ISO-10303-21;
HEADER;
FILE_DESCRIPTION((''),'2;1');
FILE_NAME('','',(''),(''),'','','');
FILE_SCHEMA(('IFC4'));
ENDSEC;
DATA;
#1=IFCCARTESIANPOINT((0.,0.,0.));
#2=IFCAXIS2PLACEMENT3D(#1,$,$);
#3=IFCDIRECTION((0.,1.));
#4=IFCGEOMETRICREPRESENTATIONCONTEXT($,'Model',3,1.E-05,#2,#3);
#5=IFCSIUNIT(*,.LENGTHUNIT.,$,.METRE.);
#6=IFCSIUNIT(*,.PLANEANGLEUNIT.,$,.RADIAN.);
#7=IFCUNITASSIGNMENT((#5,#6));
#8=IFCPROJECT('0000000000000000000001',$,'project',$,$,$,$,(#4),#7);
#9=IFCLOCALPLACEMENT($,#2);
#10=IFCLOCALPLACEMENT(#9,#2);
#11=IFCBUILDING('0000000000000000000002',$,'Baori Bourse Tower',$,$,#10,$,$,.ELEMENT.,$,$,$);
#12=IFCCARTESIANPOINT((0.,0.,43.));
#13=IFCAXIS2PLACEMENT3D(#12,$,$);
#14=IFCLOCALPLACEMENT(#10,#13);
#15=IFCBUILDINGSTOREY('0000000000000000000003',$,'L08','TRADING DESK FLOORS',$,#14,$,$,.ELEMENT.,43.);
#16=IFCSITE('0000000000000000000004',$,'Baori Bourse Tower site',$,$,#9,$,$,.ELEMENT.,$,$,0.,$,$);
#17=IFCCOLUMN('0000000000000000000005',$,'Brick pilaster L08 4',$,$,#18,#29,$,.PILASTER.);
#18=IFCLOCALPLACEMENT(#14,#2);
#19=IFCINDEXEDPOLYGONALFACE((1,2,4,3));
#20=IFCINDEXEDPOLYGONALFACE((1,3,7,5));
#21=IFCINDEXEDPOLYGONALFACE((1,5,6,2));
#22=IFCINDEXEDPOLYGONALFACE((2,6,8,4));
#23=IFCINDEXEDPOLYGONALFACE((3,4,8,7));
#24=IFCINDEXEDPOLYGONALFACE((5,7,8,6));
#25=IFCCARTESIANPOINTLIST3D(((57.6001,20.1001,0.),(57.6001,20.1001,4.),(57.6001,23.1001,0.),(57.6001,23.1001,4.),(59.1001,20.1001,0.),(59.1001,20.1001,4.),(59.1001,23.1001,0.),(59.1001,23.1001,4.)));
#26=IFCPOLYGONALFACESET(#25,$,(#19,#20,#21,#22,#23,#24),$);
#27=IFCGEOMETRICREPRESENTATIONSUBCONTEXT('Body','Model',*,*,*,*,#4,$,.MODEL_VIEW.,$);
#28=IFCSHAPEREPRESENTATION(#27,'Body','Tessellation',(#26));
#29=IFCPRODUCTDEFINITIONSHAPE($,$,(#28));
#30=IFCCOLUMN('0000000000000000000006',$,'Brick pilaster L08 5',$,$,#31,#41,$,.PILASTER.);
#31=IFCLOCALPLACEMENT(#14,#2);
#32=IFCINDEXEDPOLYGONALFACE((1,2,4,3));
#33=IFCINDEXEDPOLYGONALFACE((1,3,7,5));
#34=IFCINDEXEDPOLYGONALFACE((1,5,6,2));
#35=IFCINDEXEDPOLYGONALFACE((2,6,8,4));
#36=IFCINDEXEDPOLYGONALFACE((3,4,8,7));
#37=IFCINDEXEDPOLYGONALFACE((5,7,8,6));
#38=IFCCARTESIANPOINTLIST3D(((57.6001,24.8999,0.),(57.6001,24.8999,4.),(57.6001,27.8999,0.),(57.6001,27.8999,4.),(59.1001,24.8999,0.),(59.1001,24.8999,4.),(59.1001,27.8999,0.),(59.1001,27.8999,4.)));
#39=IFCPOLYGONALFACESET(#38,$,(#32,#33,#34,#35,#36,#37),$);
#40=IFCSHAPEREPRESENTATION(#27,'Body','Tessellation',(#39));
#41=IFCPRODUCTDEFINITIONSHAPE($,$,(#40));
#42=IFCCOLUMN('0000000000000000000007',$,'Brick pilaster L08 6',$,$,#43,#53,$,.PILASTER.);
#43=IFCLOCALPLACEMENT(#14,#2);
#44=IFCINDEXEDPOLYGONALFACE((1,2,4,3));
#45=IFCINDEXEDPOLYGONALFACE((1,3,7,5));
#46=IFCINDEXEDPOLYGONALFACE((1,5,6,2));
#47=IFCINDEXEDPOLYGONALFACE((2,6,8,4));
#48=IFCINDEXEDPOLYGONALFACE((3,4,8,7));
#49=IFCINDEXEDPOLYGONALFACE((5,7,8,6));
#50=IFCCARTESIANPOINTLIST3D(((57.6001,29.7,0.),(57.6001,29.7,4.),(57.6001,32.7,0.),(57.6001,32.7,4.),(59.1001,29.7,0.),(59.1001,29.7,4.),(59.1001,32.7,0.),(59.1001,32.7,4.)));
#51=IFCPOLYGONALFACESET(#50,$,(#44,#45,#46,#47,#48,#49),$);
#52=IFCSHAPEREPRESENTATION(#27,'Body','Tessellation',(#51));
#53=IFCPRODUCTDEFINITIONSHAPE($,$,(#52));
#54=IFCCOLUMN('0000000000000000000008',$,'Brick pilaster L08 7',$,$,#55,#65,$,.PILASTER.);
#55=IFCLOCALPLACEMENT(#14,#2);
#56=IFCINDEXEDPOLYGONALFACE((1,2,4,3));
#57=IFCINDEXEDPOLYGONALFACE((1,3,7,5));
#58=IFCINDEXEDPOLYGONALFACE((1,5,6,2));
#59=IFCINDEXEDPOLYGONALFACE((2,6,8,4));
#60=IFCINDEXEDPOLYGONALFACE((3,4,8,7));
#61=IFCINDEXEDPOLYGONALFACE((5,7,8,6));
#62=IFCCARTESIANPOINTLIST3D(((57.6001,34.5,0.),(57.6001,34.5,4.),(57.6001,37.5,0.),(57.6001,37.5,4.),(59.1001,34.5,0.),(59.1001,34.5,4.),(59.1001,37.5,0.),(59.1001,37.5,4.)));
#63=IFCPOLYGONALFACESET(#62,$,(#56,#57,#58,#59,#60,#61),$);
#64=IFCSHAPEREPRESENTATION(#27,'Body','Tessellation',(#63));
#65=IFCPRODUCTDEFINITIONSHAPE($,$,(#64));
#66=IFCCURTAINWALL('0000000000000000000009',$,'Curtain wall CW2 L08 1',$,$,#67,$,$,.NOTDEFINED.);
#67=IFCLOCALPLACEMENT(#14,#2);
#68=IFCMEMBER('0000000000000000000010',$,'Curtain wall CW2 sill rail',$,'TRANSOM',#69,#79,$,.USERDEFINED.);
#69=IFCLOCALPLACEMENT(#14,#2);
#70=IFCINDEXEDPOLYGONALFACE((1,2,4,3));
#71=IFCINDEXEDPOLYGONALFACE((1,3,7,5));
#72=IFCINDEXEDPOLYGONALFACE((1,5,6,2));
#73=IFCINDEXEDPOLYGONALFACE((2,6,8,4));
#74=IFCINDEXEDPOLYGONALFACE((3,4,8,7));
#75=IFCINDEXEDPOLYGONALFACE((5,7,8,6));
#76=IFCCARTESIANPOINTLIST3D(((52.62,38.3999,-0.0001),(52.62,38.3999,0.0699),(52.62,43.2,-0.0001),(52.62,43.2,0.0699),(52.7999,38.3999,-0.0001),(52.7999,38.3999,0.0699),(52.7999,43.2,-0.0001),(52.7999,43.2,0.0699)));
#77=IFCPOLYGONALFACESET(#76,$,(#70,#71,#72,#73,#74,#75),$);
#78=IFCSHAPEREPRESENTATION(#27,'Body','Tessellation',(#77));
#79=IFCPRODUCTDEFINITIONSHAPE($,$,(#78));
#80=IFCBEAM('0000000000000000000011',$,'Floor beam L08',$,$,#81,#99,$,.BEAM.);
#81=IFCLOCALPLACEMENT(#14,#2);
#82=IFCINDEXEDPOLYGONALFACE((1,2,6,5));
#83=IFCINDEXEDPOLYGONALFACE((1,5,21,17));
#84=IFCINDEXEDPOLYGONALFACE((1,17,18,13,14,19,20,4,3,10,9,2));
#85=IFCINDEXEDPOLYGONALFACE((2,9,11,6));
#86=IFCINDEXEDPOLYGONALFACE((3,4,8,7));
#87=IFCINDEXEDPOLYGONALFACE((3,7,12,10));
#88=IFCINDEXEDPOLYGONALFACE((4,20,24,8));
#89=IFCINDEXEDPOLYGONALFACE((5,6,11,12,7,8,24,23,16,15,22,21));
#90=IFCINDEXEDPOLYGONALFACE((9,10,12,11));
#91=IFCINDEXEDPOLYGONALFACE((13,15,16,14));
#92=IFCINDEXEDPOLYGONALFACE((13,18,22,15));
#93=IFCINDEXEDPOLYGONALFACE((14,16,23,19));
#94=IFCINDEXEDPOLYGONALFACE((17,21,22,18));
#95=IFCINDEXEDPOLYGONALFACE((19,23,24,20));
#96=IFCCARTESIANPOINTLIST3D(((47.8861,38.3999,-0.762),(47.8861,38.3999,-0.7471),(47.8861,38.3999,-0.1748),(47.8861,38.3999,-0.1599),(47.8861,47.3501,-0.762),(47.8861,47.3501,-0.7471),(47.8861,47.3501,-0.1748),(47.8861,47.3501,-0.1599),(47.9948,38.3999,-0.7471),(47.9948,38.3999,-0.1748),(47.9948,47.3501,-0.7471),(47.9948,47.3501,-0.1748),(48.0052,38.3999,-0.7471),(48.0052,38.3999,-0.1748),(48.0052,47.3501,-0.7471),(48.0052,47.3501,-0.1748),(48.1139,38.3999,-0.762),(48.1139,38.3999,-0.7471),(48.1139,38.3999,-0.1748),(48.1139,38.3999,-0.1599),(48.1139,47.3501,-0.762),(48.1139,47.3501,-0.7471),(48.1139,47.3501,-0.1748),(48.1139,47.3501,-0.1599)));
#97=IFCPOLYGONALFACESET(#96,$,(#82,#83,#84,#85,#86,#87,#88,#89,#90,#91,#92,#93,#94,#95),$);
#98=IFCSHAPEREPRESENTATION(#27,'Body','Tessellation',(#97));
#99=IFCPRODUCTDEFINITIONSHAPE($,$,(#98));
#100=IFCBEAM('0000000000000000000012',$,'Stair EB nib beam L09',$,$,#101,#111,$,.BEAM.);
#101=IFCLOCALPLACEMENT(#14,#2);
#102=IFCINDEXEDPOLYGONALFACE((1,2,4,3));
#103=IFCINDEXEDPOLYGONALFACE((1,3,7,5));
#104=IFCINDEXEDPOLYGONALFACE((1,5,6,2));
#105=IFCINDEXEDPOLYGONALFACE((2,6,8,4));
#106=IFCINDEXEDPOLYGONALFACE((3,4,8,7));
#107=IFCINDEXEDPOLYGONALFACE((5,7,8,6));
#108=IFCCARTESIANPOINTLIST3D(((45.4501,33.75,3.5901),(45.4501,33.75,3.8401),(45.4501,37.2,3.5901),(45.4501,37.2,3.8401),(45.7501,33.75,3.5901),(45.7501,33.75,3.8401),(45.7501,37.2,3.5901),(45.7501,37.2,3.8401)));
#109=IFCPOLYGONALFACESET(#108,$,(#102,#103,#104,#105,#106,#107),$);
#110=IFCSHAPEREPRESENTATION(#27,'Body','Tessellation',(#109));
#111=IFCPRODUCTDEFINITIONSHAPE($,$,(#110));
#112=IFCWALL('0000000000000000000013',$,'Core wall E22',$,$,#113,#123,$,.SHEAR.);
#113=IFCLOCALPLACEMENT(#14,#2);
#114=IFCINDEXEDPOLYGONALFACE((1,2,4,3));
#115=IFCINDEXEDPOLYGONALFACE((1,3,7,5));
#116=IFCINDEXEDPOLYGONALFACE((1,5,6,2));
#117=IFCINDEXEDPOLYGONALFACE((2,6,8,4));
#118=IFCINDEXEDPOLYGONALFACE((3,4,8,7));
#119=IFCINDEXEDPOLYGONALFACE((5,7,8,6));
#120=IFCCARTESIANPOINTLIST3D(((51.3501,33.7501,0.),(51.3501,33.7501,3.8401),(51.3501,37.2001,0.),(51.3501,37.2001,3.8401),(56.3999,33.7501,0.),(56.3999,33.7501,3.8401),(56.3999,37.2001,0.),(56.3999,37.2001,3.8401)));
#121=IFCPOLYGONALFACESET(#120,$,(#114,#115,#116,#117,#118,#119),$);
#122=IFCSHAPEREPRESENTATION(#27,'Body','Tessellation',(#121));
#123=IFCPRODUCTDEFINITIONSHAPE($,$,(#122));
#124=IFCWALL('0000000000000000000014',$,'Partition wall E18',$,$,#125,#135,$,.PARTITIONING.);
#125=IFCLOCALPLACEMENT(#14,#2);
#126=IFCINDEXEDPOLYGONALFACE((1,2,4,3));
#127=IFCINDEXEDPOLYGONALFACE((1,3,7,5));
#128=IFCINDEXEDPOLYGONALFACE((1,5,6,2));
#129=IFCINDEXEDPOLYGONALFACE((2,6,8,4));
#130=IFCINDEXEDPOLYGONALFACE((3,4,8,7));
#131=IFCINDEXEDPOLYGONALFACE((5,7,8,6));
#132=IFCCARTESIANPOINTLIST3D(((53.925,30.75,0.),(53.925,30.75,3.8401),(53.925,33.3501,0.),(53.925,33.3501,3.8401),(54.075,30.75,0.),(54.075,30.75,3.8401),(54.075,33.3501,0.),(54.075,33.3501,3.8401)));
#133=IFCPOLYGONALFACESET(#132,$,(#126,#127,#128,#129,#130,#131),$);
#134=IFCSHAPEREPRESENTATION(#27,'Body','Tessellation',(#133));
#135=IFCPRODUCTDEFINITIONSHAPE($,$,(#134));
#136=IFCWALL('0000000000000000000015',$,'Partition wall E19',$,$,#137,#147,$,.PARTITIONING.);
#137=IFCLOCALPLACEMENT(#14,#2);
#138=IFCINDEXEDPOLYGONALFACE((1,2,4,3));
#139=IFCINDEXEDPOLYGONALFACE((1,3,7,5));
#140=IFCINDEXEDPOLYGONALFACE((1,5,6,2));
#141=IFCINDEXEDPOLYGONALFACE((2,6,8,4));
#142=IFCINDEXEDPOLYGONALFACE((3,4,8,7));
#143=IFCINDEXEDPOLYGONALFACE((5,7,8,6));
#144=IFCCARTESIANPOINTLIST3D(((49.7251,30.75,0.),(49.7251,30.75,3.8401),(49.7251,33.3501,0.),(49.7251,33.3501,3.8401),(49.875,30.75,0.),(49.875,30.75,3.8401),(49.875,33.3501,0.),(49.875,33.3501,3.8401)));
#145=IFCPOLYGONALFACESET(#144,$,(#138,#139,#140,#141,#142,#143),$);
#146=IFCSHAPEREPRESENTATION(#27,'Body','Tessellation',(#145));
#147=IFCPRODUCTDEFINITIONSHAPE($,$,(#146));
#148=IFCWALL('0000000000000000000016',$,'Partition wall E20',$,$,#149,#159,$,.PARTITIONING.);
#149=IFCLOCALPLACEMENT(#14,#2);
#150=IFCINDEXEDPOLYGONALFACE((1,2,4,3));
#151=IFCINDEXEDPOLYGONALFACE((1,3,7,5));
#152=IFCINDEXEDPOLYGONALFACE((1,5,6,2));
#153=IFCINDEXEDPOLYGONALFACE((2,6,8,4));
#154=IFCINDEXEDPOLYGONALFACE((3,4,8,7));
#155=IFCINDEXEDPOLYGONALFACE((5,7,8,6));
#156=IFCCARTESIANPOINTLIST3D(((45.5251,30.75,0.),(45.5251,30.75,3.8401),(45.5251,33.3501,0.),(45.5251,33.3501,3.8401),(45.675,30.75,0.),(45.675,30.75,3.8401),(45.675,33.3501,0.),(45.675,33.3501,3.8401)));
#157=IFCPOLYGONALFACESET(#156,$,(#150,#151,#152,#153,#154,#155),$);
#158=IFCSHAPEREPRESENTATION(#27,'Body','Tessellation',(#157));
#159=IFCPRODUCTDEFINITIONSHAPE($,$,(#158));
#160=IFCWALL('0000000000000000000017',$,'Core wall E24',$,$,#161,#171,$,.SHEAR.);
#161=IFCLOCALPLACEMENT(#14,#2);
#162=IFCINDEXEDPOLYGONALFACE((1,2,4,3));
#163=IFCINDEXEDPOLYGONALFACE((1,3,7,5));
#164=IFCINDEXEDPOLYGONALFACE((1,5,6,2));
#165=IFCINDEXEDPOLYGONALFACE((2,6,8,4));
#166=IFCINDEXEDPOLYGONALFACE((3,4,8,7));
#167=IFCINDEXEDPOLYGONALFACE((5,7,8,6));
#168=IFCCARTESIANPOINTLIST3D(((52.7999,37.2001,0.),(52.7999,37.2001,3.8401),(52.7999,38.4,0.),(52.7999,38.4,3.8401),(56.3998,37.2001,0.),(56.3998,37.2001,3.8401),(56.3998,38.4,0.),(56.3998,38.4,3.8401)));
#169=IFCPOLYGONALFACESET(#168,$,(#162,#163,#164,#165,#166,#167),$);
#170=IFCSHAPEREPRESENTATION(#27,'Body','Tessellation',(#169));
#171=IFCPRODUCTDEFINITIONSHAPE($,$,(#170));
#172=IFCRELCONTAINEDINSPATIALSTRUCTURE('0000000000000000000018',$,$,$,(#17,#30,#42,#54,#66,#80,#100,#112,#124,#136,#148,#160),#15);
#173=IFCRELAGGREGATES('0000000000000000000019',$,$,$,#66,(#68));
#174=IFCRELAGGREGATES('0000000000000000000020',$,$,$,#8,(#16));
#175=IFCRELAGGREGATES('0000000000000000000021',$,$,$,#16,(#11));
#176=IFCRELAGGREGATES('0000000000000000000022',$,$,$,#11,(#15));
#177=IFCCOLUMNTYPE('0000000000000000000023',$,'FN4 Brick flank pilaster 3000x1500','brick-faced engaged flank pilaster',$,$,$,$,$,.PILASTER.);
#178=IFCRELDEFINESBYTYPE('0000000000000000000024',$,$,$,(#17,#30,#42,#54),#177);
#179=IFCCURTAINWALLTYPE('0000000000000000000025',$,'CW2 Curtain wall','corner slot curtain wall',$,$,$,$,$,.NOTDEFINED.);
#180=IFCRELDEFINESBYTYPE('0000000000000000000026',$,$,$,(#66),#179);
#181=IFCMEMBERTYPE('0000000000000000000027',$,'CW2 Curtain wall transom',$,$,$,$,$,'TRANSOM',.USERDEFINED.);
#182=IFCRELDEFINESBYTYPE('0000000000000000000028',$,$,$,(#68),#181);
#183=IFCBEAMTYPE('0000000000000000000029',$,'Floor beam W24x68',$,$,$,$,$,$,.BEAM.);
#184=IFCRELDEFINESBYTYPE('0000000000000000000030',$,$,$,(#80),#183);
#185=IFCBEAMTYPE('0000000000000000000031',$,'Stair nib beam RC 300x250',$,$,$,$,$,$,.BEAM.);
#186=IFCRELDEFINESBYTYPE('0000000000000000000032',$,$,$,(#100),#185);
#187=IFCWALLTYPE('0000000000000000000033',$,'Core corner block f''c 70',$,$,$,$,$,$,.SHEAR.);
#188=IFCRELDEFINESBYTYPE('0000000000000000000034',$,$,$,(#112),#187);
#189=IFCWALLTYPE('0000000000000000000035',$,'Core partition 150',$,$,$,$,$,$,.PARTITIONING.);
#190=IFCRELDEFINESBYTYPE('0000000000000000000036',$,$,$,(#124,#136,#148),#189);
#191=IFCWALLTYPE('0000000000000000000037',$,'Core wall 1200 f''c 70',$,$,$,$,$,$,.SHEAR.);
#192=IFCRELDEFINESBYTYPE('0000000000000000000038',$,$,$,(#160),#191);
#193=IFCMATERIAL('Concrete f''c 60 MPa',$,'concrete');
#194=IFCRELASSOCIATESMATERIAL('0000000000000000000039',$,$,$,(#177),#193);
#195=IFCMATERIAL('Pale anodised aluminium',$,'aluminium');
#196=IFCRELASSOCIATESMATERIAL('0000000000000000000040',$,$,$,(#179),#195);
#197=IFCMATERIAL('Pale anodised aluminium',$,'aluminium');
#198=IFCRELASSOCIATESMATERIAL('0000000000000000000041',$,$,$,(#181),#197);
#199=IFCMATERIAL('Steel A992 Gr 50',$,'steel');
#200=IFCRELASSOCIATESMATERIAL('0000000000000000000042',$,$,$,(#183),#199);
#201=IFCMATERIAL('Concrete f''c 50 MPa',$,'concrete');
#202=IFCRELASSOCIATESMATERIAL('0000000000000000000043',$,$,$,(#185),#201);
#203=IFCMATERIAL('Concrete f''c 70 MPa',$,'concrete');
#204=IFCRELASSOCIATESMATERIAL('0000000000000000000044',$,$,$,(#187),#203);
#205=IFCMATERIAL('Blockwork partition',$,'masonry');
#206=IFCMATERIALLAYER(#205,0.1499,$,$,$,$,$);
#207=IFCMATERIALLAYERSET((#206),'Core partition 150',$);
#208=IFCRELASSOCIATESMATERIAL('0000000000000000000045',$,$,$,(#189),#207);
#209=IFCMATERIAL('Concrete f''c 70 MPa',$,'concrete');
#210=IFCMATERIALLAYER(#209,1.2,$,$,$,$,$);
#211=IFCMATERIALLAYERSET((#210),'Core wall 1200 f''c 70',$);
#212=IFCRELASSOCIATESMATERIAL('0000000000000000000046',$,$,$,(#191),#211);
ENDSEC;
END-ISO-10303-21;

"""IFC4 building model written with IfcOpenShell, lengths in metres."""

from ifc_helpers import new_model, si_unit, direction, frame, frame_2d, origin, origin_2d, place, context, subcontext, project, spatial, rectangle, i_section, extrude, material, layer, layer_set, material_profile, profile_set, type_object, element, aggregate, save


model = new_model("IFC4")

# Units and contexts
model_context = context("Model", 3, precision=1e-05, world=origin(), true_north=direction((0.0, 1.0)))
body_context = subcontext(model_context, "Body", "Model", "MODEL_VIEW")
ifc_project = project(units=[si_unit("LENGTHUNIT", "METRE"), si_unit("PLANEANGLEUNIT", "RADIAN")], contexts=[model_context])

# Site, building, storey
site_placement = place(None, origin())
site = spatial("IfcSite", under=ifc_project, at=site_placement, Name="Baori Bourse Tower site", CompositionType="ELEMENT", RefElevation=0.0)
building_placement = place(site_placement, origin())
building = spatial("IfcBuilding", under=site, at=building_placement, Name="Baori Bourse Tower", CompositionType="ELEMENT")
storey_placement = place(building_placement, frame((0.0, 0.0, 43.0)))
storey = spatial("IfcBuildingStorey", under=building, at=storey_placement, Name="L08", Description="TRADING DESK FLOORS", CompositionType="ELEMENT", Elevation=43.0)

# Columns
ifc_material_1 = material(Name="Concrete f'c 60 MPa", Category="concrete")
ifc_material_profile_1 = material_profile(ifc_material_1, rectangle(XDim=3.0, YDim=1.5, at=origin_2d()), Name="RC 3000x1500")
ifc_profile_set_1 = profile_set([ifc_material_profile_1], Name="Concrete f'c 60 MPa")
column_type = type_object("IfcColumnType", Name="FN4 Brick flank pilaster 3000x1500", Description="brick-faced engaged flank pilaster", PredefinedType="PILASTER", material=ifc_profile_set_1)
for number, where, z_axis, x_axis, name in (
    (1, (58.3501, 21.6001, 0.0), (0.0, 0.0, 1.0), (0.0, 1.0, 0.0), "Brick pilaster L08 4"),
    (2, (58.3501, 26.3999, 0.0), (0.0, 0.0, 1.0), (0.0, 1.0, 0.0), "Brick pilaster L08 5"),
    (3, (58.3501, 31.2, 0.0), (0.0, 0.0, 1.0), (0.0, 1.0, 0.0), "Brick pilaster L08 6"),
    (4, (58.3501, 36.0, 0.0), (0.0, 0.0, 1.0), (0.0, 1.0, 0.0), "Brick pilaster L08 7"),
):
    element("IfcColumn", number, at=place(storey_placement, frame(where, z_axis=z_axis, x_axis=x_axis)), inside=storey, type_object=column_type, Name=name, PredefinedType="PILASTER", context=body_context, shape_type="SweptSolid", body=[
        extrude(rectangle(XDim=3.0, YDim=1.5, at=origin_2d()), origin(), (0.0, 0.0, 1.0), 4.0),
    ])

# Curtain wall, member
ifc_material_2 = material(Name="Pale anodised aluminium", Category="aluminium")
curtain_wall_type = type_object("IfcCurtainWallType", Name="CW2 Curtain wall", Description="corner slot curtain wall", PredefinedType="NOTDEFINED", material=ifc_material_2)
curtain_wall_placement = place(storey_placement, origin())
curtain_wall = element("IfcCurtainWall", 5, at=curtain_wall_placement, inside=storey, type_object=curtain_wall_type, Name="Curtain wall CW2 L08 1", PredefinedType="NOTDEFINED")
ifc_material_3 = material(Name="Pale anodised aluminium", Category="aluminium")
ifc_material_profile_2 = material_profile(ifc_material_3, rectangle(XDim=0.1799, YDim=0.0701, at=origin_2d()), Name="Transom 70x180")
ifc_profile_set_2 = profile_set([ifc_material_profile_2], Name="Pale anodised aluminium")
member_type = type_object("IfcMemberType", Name="CW2 Curtain wall transom", ElementType="TRANSOM", PredefinedType="USERDEFINED", material=ifc_profile_set_2)
member_placement = place(storey_placement, frame((52.71, 38.3999, 0.0349), z_axis=(0.0, 1.0, 0.0), x_axis=(-1.0, 0.0, 0.0)))
member = element("IfcMember", 6, at=member_placement, type_object=member_type, Name="Curtain wall CW2 sill rail", ObjectType="TRANSOM", PredefinedType="USERDEFINED", context=body_context, shape_type="SweptSolid", body=[
    extrude(rectangle(XDim=0.1799, YDim=0.0701, at=origin_2d()), origin(), (0.0, 0.0, 1.0), 4.8),
])
aggregate(curtain_wall, [member])

# Beams
ifc_material_4 = material(Name="Steel A992 Gr 50", Category="steel")
ifc_material_profile_3 = material_profile(ifc_material_4, i_section(OverallWidth=0.2278, OverallDepth=0.6021, WebThickness=0.0105, FlangeThickness=0.0149, at=origin_2d()), Name="W24x68")
ifc_profile_set_3 = profile_set([ifc_material_profile_3], Name="Steel A992 Gr 50")
beam_type_1 = type_object("IfcBeamType", Name="Floor beam W24x68", PredefinedType="BEAM", material=ifc_profile_set_3)
beam_1_placement = place(storey_placement, frame((48.0, 38.3999, -0.4609), z_axis=(0.0, 1.0, 0.0), x_axis=(-1.0, 0.0, 0.0)))
element("IfcBeam", 7, at=beam_1_placement, inside=storey, type_object=beam_type_1, Name="Floor beam L08", PredefinedType="BEAM", context=body_context, shape_type="SweptSolid", body=[
    extrude(i_section(OverallWidth=0.2278, OverallDepth=0.6021, WebThickness=0.0105, FlangeThickness=0.0149, at=origin_2d()), origin(), (0.0, 0.0, 1.0), 8.9502),
])
ifc_material_5 = material(Name="Concrete f'c 50 MPa", Category="concrete")
ifc_material_profile_4 = material_profile(ifc_material_5, rectangle(XDim=0.3, YDim=0.25, at=origin_2d()), Name="RC 300x250")
ifc_profile_set_4 = profile_set([ifc_material_profile_4], Name="Concrete f'c 50 MPa")
beam_type_2 = type_object("IfcBeamType", Name="Stair nib beam RC 300x250", PredefinedType="BEAM", material=ifc_profile_set_4)
beam_2_placement = place(storey_placement, frame((45.6001, 33.75, 3.7151), z_axis=(0.0, 1.0, 0.0), x_axis=(-1.0, 0.0, 0.0)))
element("IfcBeam", 8, at=beam_2_placement, inside=storey, type_object=beam_type_2, Name="Stair EB nib beam L09", PredefinedType="BEAM", context=body_context, shape_type="SweptSolid", body=[
    extrude(rectangle(XDim=0.3, YDim=0.25, at=origin_2d()), origin(), (0.0, 0.0, 1.0), 3.45),
])

# Walls
ifc_material_6 = material(Name="Concrete f'c 70 MPa", Category="concrete")
wall_type_1 = type_object("IfcWallType", Name="Core corner block f'c 70", PredefinedType="SHEAR", material=ifc_material_6)
wall_1_placement = place(storey_placement, frame((51.3501, 35.4751, 0.0), z_axis=(0.0, 0.0, 1.0), x_axis=(1.0, 0.0, 0.0)))
element("IfcWall", 9, at=wall_1_placement, inside=storey, type_object=wall_type_1, Name="Core wall E22", PredefinedType="SHEAR", context=body_context, shape_type="SweptSolid", body=[
    extrude(rectangle(XDim=5.0498, YDim=3.45, at=frame_2d((2.5249, 0.0))), origin(), (0.0, 0.0, 1.0), 3.8401),
])
ifc_material_7 = material(Name="Blockwork partition", Category="masonry")
ifc_layer_1 = layer(ifc_material_7, 0.1499)
ifc_layer_set_1 = layer_set([ifc_layer_1], Name="Core partition 150")
wall_type_2 = type_object("IfcWallType", Name="Core partition 150", PredefinedType="PARTITIONING", material=ifc_layer_set_1)
for number, where, z_axis, x_axis, name in (
    (10, (54.0, 30.75, 0.0), (0.0, 0.0, 1.0), (0.0, 1.0, 0.0), "Partition wall E18"),
    (11, (49.8, 30.75, 0.0), (0.0, 0.0, 1.0), (0.0, 1.0, 0.0), "Partition wall E19"),
    (12, (45.6001, 30.75, 0.0), (0.0, 0.0, 1.0), (0.0, 1.0, 0.0), "Partition wall E20"),
):
    element("IfcWall", number, at=place(storey_placement, frame(where, z_axis=z_axis, x_axis=x_axis)), inside=storey, type_object=wall_type_2, Name=name, PredefinedType="PARTITIONING", context=body_context, shape_type="SweptSolid", body=[
        extrude(rectangle(XDim=2.6001, YDim=0.1499, at=frame_2d((1.3, 0.0))), origin(), (0.0, 0.0, 1.0), 3.8401),
    ])
ifc_material_8 = material(Name="Concrete f'c 70 MPa", Category="concrete")
ifc_layer_2 = layer(ifc_material_8, 1.2)
ifc_layer_set_2 = layer_set([ifc_layer_2], Name="Core wall 1200 f'c 70")
wall_type_3 = type_object("IfcWallType", Name="Core wall 1200 f'c 70", PredefinedType="SHEAR", material=ifc_layer_set_2)
wall_2_placement = place(storey_placement, frame((52.8, 37.8, 0.0), z_axis=(0.0, 0.0, 1.0), x_axis=(1.0, 0.0, 0.0)))
element("IfcWall", 13, at=wall_2_placement, inside=storey, type_object=wall_type_3, Name="Core wall E24", PredefinedType="SHEAR", context=body_context, shape_type="SweptSolid", body=[
    extrude(rectangle(XDim=3.5999, YDim=1.2, at=frame_2d((1.7998, 0.0))), origin(), (0.0, 0.0, 1.0), 3.8401),
])

save(model, "model.ifc")
